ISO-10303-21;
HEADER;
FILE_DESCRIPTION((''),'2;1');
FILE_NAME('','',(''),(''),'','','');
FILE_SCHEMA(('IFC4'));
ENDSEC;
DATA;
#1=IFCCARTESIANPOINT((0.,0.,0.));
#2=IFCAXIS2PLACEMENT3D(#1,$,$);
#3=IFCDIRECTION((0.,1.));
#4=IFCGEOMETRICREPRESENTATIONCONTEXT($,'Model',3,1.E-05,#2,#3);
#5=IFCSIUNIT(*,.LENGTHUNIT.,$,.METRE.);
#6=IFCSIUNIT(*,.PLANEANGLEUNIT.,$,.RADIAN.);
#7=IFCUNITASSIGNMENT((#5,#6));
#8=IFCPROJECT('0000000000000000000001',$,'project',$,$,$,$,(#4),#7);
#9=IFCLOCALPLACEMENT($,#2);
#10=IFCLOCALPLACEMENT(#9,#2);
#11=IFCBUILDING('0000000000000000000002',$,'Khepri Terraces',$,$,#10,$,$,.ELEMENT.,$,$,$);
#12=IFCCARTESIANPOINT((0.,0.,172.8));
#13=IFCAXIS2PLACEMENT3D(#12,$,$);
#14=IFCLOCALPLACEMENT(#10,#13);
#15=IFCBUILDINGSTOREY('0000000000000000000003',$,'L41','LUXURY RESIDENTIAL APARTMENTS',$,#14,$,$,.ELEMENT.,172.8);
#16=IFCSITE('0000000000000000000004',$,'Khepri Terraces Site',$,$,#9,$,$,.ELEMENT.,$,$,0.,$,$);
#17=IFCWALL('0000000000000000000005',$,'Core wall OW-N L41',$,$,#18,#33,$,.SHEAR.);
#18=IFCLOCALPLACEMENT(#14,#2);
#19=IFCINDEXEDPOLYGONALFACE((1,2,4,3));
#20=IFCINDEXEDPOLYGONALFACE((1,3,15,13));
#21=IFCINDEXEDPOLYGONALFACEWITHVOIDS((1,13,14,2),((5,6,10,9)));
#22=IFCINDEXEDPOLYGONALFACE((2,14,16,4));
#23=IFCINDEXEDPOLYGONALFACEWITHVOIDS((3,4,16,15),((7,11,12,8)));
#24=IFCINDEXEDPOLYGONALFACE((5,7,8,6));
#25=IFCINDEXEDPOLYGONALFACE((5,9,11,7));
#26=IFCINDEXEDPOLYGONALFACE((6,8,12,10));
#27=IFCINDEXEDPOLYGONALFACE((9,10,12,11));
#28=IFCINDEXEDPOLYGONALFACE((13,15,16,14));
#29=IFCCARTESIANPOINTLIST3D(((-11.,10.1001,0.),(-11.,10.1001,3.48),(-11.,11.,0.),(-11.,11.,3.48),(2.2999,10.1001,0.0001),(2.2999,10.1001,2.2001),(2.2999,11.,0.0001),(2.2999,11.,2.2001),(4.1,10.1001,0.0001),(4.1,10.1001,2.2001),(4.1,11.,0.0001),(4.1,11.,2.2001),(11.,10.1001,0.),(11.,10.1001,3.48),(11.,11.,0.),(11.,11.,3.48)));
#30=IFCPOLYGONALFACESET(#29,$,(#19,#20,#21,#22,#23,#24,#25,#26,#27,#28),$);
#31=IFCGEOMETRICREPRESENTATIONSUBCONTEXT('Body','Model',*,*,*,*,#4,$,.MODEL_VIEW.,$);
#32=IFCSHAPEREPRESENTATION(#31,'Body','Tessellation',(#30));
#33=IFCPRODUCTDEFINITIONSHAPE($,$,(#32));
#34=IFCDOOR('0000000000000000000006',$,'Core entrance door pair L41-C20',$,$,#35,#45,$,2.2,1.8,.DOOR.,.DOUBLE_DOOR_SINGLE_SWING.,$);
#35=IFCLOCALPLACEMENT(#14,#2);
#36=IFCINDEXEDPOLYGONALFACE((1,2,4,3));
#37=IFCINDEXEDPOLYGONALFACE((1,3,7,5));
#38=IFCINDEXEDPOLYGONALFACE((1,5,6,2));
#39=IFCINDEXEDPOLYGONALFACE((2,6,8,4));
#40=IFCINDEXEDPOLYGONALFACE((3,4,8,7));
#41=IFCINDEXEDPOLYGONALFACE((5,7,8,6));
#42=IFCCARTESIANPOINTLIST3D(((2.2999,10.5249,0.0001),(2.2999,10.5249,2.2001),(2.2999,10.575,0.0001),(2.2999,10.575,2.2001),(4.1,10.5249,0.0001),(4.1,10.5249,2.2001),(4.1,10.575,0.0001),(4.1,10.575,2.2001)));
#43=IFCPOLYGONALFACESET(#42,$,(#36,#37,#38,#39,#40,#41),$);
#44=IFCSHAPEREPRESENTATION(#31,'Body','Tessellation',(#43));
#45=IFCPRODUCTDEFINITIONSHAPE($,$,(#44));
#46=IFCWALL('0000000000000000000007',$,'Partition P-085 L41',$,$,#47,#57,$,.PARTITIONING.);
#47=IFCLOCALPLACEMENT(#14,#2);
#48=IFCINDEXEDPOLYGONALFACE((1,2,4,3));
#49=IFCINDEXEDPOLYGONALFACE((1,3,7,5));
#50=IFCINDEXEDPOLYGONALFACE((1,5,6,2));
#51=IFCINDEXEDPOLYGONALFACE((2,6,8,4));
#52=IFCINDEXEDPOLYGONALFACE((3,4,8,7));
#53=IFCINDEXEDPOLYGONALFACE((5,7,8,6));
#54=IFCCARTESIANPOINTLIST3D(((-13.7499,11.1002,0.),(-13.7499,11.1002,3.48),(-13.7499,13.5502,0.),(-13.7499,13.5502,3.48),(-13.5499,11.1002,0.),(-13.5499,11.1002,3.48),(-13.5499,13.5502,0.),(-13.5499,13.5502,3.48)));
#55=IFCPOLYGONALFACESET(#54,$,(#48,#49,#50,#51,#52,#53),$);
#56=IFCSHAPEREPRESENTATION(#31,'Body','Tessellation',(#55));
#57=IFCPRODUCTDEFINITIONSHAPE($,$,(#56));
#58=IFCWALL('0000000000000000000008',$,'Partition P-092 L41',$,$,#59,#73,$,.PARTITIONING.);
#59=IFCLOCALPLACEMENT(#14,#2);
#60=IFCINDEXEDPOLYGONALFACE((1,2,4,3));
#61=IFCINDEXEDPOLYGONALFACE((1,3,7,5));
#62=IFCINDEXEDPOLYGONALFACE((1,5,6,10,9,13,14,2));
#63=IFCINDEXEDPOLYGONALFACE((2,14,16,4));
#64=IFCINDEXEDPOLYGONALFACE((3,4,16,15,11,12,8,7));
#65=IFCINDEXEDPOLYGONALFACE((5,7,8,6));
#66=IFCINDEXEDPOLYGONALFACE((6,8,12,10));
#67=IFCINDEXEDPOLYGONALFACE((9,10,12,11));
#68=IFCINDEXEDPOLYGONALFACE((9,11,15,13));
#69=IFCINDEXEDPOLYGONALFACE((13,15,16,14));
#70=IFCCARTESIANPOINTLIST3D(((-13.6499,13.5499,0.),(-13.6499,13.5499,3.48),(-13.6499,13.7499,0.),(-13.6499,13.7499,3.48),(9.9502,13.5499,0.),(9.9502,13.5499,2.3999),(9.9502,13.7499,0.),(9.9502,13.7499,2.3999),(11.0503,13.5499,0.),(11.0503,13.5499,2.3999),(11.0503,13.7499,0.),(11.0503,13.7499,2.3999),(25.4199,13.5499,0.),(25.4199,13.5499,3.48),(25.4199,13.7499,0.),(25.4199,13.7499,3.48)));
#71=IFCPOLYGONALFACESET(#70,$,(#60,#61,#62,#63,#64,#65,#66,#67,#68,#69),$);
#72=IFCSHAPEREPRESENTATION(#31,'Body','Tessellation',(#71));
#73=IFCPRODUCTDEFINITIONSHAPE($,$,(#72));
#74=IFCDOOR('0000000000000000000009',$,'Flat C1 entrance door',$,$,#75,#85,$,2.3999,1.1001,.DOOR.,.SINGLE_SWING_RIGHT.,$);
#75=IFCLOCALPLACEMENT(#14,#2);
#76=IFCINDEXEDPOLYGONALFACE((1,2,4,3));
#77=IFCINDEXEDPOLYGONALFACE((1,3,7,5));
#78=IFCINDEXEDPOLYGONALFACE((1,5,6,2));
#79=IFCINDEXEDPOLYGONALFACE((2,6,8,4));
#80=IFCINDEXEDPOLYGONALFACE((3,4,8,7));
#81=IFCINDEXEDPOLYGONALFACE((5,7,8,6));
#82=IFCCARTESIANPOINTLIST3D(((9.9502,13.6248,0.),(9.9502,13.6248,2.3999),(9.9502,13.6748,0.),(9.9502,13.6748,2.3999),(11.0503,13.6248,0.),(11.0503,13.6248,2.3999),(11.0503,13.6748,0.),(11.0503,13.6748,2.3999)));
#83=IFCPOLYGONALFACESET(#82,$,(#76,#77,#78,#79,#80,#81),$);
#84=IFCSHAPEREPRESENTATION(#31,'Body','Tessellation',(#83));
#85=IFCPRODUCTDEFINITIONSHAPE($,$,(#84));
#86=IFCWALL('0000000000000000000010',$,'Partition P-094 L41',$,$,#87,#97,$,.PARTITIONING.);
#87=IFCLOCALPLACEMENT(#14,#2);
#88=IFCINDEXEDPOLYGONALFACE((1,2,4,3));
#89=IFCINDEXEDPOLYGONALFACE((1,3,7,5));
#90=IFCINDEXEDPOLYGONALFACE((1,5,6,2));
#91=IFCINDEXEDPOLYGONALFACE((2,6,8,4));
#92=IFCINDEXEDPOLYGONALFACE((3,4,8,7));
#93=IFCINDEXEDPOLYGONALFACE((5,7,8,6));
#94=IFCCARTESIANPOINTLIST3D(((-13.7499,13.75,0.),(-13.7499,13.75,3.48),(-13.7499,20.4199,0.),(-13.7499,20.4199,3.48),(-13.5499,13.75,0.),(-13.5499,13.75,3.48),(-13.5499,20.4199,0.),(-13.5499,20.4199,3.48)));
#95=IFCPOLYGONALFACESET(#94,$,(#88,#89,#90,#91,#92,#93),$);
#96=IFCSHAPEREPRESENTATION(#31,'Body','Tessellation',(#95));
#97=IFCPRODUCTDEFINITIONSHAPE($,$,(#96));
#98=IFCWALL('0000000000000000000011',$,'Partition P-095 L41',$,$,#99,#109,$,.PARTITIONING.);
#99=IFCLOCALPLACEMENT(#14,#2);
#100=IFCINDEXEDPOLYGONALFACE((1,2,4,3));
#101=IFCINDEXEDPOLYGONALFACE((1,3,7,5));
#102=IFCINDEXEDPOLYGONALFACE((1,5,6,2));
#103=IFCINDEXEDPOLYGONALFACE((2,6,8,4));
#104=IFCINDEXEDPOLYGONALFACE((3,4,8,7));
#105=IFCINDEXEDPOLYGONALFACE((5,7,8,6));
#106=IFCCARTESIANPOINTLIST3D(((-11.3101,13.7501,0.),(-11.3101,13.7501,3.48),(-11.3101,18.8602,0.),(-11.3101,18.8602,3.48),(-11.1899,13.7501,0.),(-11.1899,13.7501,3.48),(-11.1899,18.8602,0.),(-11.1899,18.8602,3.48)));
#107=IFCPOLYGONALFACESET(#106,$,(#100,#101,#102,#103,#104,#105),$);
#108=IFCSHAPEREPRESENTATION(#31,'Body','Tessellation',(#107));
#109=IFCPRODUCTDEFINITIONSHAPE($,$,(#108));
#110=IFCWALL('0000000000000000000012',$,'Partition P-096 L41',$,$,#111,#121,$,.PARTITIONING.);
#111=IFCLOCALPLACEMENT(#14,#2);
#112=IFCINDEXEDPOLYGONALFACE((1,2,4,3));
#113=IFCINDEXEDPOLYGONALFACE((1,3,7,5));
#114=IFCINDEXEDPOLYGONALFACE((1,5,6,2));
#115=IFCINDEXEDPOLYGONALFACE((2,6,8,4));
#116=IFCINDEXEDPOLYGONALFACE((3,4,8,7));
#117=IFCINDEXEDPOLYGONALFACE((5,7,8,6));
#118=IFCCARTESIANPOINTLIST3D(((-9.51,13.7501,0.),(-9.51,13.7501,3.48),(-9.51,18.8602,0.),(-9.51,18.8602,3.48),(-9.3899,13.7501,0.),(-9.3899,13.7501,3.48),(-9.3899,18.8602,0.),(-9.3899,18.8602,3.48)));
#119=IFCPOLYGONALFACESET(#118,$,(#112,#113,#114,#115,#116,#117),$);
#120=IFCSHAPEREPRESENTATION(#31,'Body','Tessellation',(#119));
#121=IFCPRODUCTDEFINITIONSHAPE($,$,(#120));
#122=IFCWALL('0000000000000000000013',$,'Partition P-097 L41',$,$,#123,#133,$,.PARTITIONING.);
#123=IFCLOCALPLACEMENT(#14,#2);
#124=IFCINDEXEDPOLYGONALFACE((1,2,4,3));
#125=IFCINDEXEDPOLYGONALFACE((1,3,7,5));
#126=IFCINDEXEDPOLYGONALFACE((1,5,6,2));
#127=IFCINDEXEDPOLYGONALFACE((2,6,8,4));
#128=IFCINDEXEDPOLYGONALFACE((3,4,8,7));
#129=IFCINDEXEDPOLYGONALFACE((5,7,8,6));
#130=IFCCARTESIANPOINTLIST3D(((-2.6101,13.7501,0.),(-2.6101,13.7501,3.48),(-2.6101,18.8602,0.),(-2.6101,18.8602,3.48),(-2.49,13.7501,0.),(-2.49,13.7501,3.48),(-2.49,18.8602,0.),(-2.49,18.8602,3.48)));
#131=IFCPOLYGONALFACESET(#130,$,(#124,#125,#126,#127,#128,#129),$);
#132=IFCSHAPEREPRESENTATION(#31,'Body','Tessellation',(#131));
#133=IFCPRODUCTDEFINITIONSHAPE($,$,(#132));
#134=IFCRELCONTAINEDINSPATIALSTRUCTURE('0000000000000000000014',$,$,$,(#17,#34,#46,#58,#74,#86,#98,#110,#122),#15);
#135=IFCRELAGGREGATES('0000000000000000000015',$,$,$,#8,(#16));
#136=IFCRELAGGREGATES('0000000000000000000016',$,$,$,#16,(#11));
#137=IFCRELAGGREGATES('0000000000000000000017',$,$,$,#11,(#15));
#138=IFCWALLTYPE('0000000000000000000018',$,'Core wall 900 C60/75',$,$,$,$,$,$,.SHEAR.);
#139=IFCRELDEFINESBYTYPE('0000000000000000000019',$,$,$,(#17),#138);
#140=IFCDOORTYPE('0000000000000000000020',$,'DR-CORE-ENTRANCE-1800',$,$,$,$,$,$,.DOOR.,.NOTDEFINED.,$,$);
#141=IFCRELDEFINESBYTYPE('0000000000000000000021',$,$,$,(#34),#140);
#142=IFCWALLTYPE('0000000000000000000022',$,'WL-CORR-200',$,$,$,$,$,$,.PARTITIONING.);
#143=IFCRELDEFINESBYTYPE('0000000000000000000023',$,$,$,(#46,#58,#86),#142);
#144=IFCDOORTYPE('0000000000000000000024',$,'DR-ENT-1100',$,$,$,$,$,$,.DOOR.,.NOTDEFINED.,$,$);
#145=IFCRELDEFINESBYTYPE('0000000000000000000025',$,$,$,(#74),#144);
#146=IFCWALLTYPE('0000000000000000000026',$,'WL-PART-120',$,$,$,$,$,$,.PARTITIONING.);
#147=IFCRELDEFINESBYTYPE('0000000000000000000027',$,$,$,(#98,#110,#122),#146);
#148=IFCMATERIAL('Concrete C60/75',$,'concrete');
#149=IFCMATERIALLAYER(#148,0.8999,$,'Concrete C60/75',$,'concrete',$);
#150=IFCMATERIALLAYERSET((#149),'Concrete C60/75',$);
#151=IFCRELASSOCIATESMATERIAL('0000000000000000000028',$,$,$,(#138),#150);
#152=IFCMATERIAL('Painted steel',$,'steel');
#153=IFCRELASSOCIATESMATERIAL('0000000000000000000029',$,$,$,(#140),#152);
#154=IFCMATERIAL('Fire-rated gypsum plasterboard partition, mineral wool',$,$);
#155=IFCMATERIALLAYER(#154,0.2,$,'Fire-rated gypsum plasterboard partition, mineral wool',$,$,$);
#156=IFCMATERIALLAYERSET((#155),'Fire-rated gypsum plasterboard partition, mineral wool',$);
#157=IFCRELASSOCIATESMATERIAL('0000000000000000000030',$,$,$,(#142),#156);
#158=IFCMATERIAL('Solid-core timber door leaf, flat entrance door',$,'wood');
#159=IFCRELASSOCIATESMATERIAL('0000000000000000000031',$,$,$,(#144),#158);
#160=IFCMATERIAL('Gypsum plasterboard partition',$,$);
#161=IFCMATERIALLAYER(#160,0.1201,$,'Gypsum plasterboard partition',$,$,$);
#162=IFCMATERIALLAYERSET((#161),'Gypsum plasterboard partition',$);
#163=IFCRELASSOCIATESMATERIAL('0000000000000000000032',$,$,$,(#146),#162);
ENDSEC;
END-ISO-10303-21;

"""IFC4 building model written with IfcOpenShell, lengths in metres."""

from ifc_helpers import new_model, si_unit, direction, frame, frame_2d, origin, place, context, subcontext, project, spatial, rectangle, extrude, material, layer, layer_set, type_object, element, fill, save


model = new_model("IFC4")

# Units and contexts
model_context = context("Model", 3, precision=1e-05, world=origin(), true_north=direction((0.0, 1.0)))
body_context = subcontext(model_context, "Body", "Model", "MODEL_VIEW")
ifc_project = project(units=[si_unit("LENGTHUNIT", "METRE"), si_unit("PLANEANGLEUNIT", "RADIAN")], contexts=[model_context])

# Site, building, storey
site_placement = place(None, origin())
site = spatial("IfcSite", under=ifc_project, at=site_placement, Name="Khepri Terraces Site", CompositionType="ELEMENT", RefElevation=0.0)
building_placement = place(site_placement, origin())
building = spatial("IfcBuilding", under=site, at=building_placement, Name="Khepri Terraces", CompositionType="ELEMENT")
storey_placement = place(building_placement, frame((0.0, 0.0, 172.8)))
storey = spatial("IfcBuildingStorey", under=building, at=storey_placement, Name="L41", Description="LUXURY RESIDENTIAL APARTMENTS", CompositionType="ELEMENT", Elevation=172.8)

# Wall, opening, door
ifc_material_1 = material(Name="Concrete C60/75", Category="concrete")
ifc_layer_1 = layer(ifc_material_1, 0.8999, Name="Concrete C60/75", Category="concrete")
ifc_layer_set_1 = layer_set([ifc_layer_1], Name="Concrete C60/75")
wall_type_1 = type_object("IfcWallType", Name="Core wall 900 C60/75", PredefinedType="SHEAR", material=ifc_layer_set_1)
wall_1_placement = place(storey_placement, frame((-11.0, 10.55, 0.0), z_axis=(0.0, 0.0, 1.0), x_axis=(1.0, 0.0, 0.0)))
wall_1 = element("IfcWall", 1, at=wall_1_placement, inside=storey, type_object=wall_type_1, Name="Core wall OW-N L41", PredefinedType="SHEAR", context=body_context, shape_type="SweptSolid", body=[
    extrude(rectangle(XDim=22.0, YDim=0.8999, at=frame_2d((11.0, 0.0))), origin(), (0.0, 0.0, 1.0), 3.48),
])
opening_1_placement = place(wall_1_placement, frame((13.3, 0.0, 0.0)))
opening_1 = element("IfcOpeningElement", 2, at=opening_1_placement, cuts=wall_1, PredefinedType="OPENING", context=body_context, shape_type="SweptSolid", body=[
    extrude(rectangle(XDim=1.8, YDim=2.2, at=frame_2d((0.8999, 1.1001))), frame((0.0, 0.46, 0.0), z_axis=(0.0, -1.0, 0.0), x_axis=(1.0, 0.0, 0.0)), (0.0, 0.0, 1.0), 0.9199),
])
ifc_material_2 = material(Name="Painted steel", Category="steel")
door_type_1 = type_object("IfcDoorType", Name="DR-CORE-ENTRANCE-1800", OperationType="NOTDEFINED", PredefinedType="DOOR", material=ifc_material_2)
door_1_placement = place(opening_1_placement, origin())
door_1 = element("IfcDoor", 3, at=door_1_placement, inside=storey, type_object=door_type_1, Name="Core entrance door pair L41-C20", OperationType="DOUBLE_DOOR_SINGLE_SWING", OverallHeight=2.2, OverallWidth=1.8, PredefinedType="DOOR", context=body_context, shape_type="SweptSolid", body=[
    extrude(rectangle(XDim=1.8, YDim=2.2, at=frame_2d((0.8999, 1.1001))), frame((0.0, 0.0249, 0.0), z_axis=(0.0, -1.0, 0.0), x_axis=(1.0, 0.0, 0.0)), (0.0, 0.0, 1.0), 0.05),
])
fill(opening_1, door_1)
ifc_material_3 = material(Name="Fire-rated gypsum plasterboard partition, mineral wool")
ifc_layer_2 = layer(ifc_material_3, 0.2, Name="Fire-rated gypsum plasterboard partition, mineral wool")
ifc_layer_set_2 = layer_set([ifc_layer_2], Name="Fire-rated gypsum plasterboard partition, mineral wool")
wall_type_2 = type_object("IfcWallType", Name="WL-CORR-200", PredefinedType="PARTITIONING", material=ifc_layer_set_2)
ifc_material_4 = material(Name="Solid-core timber door leaf, flat entrance door", Category="wood")
door_type_2 = type_object("IfcDoorType", Name="DR-ENT-1100", OperationType="NOTDEFINED", PredefinedType="DOOR", material=ifc_material_4)

# Wall
wall_2_placement = place(storey_placement, frame((-13.6499, 11.1001, 0.0), z_axis=(0.0, 0.0, 1.0), x_axis=(0.0, 1.0, 0.0)))
element("IfcWall", 4, at=wall_2_placement, inside=storey, type_object=wall_type_2, Name="Partition P-085 L41", PredefinedType="PARTITIONING", context=body_context, shape_type="SweptSolid", body=[
    extrude(rectangle(XDim=2.45, YDim=0.2, at=frame_2d((1.2251, 0.0))), origin(), (0.0, 0.0, 1.0), 3.48),
])

# Wall, opening, door
wall_3_placement = place(storey_placement, frame((-13.6499, 13.6499, 0.0), z_axis=(0.0, 0.0, 1.0), x_axis=(1.0, 0.0, 0.0)))
wall_3 = element("IfcWall", 5, at=wall_3_placement, inside=storey, type_object=wall_type_2, Name="Partition P-092 L41", PredefinedType="PARTITIONING", context=body_context, shape_type="SweptSolid", body=[
    extrude(rectangle(XDim=39.0698, YDim=0.2, at=frame_2d((19.5349, 0.0))), origin(), (0.0, 0.0, 1.0), 3.48),
])
opening_2_placement = place(wall_3_placement, frame((23.6001, 0.0, 0.0)))
opening_2 = element("IfcOpeningElement", 6, at=opening_2_placement, cuts=wall_3, PredefinedType="OPENING", context=body_context, shape_type="SweptSolid", body=[
    extrude(rectangle(XDim=1.1001, YDim=2.3999, at=frame_2d((0.55, 1.2))), frame((0.0, 0.1099, 0.0), z_axis=(0.0, -1.0, 0.0), x_axis=(1.0, 0.0, 0.0)), (0.0, 0.0, 1.0), 0.22),
])
door_2_placement = place(opening_2_placement, origin())
door_2 = element("IfcDoor", 7, at=door_2_placement, inside=storey, type_object=door_type_2, Name="Flat C1 entrance door", OperationType="SINGLE_SWING_RIGHT", OverallHeight=2.3999, OverallWidth=1.1001, PredefinedType="DOOR", context=body_context, shape_type="SweptSolid", body=[
    extrude(rectangle(XDim=1.1001, YDim=2.3999, at=frame_2d((0.55, 1.2))), frame((0.0, 0.0249, 0.0), z_axis=(0.0, -1.0, 0.0), x_axis=(1.0, 0.0, 0.0)), (0.0, 0.0, 1.0), 0.05),
])
fill(opening_2, door_2)

# Wall
wall_4_placement = place(storey_placement, frame((-13.6499, 13.75, 0.0), z_axis=(0.0, 0.0, 1.0), x_axis=(0.0, 1.0, 0.0)))
element("IfcWall", 8, at=wall_4_placement, inside=storey, type_object=wall_type_2, Name="Partition P-094 L41", PredefinedType="PARTITIONING", context=body_context, shape_type="SweptSolid", body=[
    extrude(rectangle(XDim=6.6699, YDim=0.2, at=frame_2d((3.335, 0.0))), origin(), (0.0, 0.0, 1.0), 3.48),
])

# Walls
ifc_material_5 = material(Name="Gypsum plasterboard partition")
ifc_layer_3 = layer(ifc_material_5, 0.1201, Name="Gypsum plasterboard partition")
ifc_layer_set_3 = layer_set([ifc_layer_3], Name="Gypsum plasterboard partition")
wall_type_3 = type_object("IfcWallType", Name="WL-PART-120", PredefinedType="PARTITIONING", material=ifc_layer_set_3)
for number, where, z_axis, x_axis, name in (
    (9, (-11.25, 13.75, 0.0), (0.0, 0.0, 1.0), (0.0, 1.0, 0.0), "Partition P-095 L41"),
    (10, (-9.45, 13.75, 0.0), (0.0, 0.0, 1.0), (0.0, 1.0, 0.0), "Partition P-096 L41"),
    (11, (-2.55, 13.75, 0.0), (0.0, 0.0, 1.0), (0.0, 1.0, 0.0), "Partition P-097 L41"),
):
    element("IfcWall", number, at=place(storey_placement, frame(where, z_axis=z_axis, x_axis=x_axis)), inside=storey, type_object=wall_type_3, Name=name, PredefinedType="PARTITIONING", context=body_context, shape_type="SweptSolid", body=[
        extrude(rectangle(XDim=5.1101, YDim=0.1201, at=frame_2d((2.5552, 0.0))), origin(), (0.0, 0.0, 1.0), 3.48),
    ])

save(model, "model.ifc")
